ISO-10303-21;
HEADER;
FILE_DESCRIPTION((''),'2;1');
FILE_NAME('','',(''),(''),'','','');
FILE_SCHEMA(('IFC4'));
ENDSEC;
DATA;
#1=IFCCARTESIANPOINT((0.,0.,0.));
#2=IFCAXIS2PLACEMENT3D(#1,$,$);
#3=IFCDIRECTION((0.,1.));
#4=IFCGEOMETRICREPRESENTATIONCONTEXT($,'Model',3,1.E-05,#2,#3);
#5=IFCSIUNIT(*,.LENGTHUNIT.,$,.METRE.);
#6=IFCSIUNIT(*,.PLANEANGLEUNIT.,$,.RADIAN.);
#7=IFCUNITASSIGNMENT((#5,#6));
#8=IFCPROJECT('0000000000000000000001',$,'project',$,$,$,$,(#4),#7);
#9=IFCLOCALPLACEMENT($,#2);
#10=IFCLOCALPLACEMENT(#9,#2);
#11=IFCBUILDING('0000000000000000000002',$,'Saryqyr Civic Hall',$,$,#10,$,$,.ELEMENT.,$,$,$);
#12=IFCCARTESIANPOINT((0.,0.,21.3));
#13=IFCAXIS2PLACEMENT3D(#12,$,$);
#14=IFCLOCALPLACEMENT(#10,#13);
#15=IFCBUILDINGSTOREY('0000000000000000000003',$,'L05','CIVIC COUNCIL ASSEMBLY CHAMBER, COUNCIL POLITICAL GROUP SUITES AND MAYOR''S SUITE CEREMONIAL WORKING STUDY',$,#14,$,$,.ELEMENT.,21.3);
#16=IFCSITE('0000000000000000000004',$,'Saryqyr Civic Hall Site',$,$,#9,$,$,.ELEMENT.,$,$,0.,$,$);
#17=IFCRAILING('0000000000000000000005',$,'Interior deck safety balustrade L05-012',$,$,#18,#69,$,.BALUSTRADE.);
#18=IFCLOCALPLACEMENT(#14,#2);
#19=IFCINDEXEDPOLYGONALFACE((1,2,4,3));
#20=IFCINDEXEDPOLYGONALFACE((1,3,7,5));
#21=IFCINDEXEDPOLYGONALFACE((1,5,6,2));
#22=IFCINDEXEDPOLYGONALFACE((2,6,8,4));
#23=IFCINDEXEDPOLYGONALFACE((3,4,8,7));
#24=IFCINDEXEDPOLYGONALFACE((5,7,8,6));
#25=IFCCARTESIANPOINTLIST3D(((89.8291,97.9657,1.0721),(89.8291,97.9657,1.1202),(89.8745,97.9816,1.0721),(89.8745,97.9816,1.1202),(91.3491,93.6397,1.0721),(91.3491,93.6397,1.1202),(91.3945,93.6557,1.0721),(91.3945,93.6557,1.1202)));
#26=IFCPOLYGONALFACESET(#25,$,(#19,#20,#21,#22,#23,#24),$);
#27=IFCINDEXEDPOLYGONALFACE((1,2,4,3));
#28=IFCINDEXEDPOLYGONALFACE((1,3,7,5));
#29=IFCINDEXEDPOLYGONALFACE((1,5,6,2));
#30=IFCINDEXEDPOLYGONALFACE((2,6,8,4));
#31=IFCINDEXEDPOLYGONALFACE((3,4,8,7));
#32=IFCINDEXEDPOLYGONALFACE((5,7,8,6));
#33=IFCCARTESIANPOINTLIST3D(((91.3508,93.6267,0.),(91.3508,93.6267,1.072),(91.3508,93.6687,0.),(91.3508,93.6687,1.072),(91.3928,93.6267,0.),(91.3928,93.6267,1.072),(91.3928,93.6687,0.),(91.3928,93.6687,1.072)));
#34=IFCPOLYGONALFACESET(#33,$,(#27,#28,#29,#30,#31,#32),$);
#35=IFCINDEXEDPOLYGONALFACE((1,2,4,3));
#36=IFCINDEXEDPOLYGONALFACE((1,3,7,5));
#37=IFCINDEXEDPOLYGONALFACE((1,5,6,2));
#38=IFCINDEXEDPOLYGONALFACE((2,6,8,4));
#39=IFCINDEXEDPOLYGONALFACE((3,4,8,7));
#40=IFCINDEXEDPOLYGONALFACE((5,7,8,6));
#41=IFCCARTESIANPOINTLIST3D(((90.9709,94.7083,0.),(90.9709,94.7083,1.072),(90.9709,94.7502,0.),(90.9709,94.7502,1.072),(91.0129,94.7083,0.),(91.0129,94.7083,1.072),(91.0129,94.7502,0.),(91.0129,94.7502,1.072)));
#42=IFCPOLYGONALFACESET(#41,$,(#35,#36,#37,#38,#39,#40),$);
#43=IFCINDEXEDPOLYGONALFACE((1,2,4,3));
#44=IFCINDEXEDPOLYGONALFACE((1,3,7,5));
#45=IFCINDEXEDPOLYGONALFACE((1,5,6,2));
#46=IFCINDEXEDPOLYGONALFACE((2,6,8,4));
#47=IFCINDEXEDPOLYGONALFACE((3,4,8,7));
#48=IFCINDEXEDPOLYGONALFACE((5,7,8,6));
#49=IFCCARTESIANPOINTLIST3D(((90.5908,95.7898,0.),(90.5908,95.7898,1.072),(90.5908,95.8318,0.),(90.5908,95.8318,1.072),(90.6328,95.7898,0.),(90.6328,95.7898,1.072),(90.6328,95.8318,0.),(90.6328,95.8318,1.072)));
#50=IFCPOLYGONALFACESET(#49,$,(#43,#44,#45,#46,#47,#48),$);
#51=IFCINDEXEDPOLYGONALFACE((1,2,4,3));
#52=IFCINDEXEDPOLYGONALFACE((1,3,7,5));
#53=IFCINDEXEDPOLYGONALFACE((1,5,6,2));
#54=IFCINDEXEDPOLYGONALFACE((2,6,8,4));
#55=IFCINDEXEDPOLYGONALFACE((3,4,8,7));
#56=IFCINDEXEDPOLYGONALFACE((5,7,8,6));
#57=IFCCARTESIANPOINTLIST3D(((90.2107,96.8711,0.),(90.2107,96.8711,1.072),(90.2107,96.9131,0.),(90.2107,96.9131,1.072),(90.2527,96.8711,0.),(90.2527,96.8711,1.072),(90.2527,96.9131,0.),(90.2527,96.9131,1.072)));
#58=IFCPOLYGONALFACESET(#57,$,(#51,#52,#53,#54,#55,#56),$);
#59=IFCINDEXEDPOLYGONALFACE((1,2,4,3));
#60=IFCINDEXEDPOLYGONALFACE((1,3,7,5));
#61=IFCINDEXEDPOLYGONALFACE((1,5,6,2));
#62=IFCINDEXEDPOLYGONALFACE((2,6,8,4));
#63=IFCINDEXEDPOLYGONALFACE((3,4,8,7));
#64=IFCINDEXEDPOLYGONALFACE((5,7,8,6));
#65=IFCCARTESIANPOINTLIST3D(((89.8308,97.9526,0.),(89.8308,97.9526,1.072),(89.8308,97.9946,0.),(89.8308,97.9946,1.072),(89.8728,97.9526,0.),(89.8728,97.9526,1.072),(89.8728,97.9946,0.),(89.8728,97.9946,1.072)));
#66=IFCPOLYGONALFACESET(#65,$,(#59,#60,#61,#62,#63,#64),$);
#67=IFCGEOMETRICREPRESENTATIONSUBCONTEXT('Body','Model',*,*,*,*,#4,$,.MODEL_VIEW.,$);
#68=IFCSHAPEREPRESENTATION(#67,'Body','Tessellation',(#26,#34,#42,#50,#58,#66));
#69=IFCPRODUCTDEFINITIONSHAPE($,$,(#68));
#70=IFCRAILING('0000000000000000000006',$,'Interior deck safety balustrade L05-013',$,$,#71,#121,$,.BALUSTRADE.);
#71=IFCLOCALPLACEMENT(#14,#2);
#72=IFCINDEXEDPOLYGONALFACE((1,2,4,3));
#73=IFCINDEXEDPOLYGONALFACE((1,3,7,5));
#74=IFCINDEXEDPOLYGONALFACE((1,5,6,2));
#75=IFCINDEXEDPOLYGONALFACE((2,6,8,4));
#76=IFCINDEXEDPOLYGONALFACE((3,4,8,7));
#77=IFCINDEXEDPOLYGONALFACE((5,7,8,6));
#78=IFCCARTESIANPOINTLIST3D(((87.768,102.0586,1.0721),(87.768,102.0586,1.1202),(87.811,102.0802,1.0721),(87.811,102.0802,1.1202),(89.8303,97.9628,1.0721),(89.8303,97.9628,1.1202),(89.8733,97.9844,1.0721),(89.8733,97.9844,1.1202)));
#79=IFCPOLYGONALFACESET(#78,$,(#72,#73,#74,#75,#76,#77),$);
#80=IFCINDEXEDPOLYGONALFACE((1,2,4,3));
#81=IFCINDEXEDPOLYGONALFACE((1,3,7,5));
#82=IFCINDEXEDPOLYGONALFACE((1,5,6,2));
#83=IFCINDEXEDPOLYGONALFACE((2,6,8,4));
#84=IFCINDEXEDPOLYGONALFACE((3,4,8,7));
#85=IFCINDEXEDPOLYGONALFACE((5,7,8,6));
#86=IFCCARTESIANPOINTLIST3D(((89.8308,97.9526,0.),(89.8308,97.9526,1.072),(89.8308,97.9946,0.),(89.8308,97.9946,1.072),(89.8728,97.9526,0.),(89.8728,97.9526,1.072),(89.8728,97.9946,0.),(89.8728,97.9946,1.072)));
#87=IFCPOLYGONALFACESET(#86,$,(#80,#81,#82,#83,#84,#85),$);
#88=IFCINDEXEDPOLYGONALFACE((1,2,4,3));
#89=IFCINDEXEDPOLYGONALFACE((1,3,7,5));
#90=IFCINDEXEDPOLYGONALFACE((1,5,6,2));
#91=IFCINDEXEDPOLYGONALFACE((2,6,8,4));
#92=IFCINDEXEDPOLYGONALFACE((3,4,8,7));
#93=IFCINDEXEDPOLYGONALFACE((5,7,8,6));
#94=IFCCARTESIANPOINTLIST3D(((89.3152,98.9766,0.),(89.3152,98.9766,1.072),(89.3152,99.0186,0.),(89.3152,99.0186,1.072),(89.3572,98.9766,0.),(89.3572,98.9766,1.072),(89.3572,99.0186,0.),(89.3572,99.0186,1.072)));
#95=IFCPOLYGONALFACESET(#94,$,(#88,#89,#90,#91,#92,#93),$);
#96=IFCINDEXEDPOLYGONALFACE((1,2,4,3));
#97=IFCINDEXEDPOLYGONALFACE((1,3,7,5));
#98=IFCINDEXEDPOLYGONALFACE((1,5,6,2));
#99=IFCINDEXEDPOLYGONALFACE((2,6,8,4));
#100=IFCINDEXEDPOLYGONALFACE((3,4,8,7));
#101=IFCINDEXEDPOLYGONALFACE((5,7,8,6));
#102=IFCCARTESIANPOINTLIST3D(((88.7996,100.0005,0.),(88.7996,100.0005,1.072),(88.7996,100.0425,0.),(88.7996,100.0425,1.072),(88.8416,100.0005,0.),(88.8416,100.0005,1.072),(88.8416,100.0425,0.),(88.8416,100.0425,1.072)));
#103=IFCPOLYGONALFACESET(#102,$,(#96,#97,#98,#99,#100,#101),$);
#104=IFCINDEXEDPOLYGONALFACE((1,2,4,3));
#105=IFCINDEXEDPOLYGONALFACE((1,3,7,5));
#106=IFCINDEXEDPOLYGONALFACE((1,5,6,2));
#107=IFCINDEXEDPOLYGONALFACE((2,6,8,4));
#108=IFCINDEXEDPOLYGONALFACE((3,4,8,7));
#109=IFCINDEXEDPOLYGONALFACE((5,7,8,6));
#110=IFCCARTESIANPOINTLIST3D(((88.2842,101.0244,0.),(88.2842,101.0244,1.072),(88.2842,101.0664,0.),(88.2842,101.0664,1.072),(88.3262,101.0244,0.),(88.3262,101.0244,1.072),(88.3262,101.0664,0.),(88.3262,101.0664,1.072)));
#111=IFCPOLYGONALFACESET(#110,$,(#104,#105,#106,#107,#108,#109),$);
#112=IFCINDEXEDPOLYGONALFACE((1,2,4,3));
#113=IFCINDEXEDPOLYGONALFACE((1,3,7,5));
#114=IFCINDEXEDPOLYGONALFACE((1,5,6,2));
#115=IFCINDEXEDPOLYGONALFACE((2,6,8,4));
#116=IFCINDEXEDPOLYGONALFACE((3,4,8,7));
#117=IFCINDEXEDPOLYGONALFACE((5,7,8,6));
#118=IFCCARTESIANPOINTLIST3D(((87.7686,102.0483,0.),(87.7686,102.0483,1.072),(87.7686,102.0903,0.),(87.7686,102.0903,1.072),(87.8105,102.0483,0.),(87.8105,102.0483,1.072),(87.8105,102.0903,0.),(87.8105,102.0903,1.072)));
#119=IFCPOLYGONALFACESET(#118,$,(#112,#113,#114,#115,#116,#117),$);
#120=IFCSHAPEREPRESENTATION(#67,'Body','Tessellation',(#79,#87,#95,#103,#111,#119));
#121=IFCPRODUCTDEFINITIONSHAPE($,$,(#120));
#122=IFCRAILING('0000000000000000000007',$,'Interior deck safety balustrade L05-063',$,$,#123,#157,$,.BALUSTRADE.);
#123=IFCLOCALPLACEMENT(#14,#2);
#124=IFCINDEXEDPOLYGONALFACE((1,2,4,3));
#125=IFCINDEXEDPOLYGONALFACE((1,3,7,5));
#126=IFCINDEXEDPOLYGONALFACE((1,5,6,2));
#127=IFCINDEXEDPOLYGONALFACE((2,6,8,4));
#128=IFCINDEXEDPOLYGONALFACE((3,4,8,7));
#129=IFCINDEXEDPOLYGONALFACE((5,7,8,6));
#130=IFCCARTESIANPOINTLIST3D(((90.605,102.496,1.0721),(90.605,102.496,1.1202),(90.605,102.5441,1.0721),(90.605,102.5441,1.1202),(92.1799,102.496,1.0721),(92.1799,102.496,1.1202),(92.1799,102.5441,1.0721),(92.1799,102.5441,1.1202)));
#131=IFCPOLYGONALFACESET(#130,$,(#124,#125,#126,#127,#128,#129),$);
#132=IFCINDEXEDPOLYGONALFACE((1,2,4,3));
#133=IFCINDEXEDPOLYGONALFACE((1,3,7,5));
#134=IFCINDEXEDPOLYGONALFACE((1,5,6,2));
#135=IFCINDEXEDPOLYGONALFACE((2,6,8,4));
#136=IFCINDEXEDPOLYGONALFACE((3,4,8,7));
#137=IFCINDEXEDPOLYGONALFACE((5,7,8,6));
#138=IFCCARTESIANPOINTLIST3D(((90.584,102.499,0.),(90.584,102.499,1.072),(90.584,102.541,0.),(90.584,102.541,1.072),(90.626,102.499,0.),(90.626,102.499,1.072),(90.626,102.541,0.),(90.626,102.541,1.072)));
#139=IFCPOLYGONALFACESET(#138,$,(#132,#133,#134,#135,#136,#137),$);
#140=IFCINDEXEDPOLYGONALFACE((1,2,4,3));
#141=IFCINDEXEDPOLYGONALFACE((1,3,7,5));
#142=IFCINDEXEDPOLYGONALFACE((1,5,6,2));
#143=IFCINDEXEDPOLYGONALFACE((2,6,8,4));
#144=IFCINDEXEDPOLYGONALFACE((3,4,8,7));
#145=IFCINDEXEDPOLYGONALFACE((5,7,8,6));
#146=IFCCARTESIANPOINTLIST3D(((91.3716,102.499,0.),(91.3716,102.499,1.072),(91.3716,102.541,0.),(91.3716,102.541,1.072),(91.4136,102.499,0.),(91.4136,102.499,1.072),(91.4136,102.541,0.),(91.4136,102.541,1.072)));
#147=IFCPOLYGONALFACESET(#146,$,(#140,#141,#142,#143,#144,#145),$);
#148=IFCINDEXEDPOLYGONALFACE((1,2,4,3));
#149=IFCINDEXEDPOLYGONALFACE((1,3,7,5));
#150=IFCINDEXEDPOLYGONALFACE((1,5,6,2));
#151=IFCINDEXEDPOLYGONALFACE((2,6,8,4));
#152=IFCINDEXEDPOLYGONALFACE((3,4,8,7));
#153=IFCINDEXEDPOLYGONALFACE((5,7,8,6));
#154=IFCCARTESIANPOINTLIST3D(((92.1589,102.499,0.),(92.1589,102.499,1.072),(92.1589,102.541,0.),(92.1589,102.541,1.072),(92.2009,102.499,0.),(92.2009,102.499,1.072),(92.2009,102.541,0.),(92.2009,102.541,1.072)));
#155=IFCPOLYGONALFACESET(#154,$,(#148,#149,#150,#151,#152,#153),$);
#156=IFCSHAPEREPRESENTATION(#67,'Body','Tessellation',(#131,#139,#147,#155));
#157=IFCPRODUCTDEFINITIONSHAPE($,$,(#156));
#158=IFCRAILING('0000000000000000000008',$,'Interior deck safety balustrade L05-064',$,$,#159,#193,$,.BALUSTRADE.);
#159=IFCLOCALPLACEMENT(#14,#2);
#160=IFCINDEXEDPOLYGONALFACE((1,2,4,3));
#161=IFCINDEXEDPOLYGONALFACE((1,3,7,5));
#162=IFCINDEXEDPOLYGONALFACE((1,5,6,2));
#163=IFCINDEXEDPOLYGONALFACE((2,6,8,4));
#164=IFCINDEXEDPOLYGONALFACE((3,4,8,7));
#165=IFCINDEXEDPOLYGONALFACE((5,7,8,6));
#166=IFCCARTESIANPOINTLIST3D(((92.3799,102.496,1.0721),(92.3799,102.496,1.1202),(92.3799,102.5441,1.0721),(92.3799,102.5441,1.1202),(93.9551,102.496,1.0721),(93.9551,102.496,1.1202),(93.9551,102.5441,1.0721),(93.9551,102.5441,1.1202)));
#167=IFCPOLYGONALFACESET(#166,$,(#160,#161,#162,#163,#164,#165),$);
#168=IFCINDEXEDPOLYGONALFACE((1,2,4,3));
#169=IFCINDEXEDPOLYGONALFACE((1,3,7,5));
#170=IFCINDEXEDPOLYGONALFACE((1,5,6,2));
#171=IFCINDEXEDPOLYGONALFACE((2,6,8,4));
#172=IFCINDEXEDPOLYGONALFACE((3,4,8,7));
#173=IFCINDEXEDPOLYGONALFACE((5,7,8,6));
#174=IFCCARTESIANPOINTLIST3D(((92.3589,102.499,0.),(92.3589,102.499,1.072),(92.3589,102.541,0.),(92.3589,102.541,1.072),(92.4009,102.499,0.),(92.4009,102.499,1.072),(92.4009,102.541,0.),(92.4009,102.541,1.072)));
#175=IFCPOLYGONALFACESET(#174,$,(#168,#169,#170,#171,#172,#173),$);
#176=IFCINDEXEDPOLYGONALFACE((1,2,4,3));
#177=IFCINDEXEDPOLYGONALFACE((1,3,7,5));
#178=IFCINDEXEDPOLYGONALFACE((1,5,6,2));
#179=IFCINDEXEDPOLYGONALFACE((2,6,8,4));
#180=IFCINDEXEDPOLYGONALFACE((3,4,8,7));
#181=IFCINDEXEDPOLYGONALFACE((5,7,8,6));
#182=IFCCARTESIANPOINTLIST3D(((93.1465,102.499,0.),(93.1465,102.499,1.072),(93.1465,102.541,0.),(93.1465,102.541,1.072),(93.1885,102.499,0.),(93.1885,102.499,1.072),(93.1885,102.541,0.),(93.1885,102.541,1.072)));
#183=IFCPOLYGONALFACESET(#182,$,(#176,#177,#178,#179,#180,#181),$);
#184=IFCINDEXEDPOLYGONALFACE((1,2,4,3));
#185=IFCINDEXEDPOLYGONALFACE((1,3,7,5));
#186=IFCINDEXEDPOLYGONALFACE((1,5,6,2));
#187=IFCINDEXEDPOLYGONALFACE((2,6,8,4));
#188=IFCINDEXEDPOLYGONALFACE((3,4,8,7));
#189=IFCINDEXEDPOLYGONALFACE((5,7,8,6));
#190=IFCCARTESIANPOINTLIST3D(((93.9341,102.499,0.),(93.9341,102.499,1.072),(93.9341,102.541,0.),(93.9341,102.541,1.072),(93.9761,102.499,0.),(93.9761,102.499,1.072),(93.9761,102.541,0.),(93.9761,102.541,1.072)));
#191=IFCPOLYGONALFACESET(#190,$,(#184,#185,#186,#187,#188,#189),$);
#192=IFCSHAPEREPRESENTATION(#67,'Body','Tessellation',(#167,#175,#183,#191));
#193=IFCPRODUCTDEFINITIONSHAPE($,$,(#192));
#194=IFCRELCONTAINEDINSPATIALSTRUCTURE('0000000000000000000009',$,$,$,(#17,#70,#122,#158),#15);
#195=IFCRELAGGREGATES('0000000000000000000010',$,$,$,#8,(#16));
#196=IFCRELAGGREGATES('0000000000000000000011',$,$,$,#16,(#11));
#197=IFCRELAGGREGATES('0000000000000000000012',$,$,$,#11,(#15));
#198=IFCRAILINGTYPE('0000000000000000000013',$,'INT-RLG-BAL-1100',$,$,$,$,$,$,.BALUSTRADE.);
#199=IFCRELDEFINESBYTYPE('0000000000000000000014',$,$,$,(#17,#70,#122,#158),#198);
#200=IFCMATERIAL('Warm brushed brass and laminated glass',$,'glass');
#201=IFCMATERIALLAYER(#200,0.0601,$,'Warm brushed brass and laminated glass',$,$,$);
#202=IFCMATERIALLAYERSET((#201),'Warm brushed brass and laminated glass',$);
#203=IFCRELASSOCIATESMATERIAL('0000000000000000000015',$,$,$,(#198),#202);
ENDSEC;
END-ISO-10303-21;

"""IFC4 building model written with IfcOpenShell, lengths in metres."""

from ifc_helpers import new_model, si_unit, direction, frame, origin, origin_2d, place, context, subcontext, project, spatial, rectangle, extrude, material, layer, layer_set, type_object, element, save


model = new_model("IFC4")

# Units and contexts
model_context = context("Model", 3, precision=1e-05, world=origin(), true_north=direction((0.0, 1.0)))
body_context = subcontext(model_context, "Body", "Model", "MODEL_VIEW")
ifc_project = project(units=[si_unit("LENGTHUNIT", "METRE"), si_unit("PLANEANGLEUNIT", "RADIAN")], contexts=[model_context])

# Site, building, storey
site_placement = place(None, origin())
site = spatial("IfcSite", under=ifc_project, at=site_placement, Name="Saryqyr Civic Hall Site", CompositionType="ELEMENT", RefElevation=0.0)
building_placement = place(site_placement, origin())
building = spatial("IfcBuilding", under=site, at=building_placement, Name="Saryqyr Civic Hall", CompositionType="ELEMENT")
storey_placement = place(building_placement, frame((0.0, 0.0, 21.3)))
storey = spatial("IfcBuildingStorey", under=building, at=storey_placement, Name="L05", Description="CIVIC COUNCIL ASSEMBLY CHAMBER, COUNCIL POLITICAL GROUP SUITES AND MAYOR'S SUITE CEREMONIAL WORKING STUDY", CompositionType="ELEMENT", Elevation=21.3)

# Railings
ifc_material_1 = material(Name="Warm brushed brass and laminated glass", Category="glass")
ifc_layer_1 = layer(ifc_material_1, 0.0601, Name="Warm brushed brass and laminated glass")
ifc_layer_set_1 = layer_set([ifc_layer_1], Name="Warm brushed brass and laminated glass")
railing_type_1 = type_object("IfcRailingType", Name="INT-RLG-BAL-1100", PredefinedType="BALUSTRADE", material=ifc_layer_set_1)
railing_1_placement = place(storey_placement, frame((91.3718, 93.6477, 0.0)))
element("IfcRailing", 1, at=railing_1_placement, inside=storey, type_object=railing_type_1, Name="Interior deck safety balustrade L05-012", PredefinedType="BALUSTRADE", context=body_context, shape_type="SweptSolid", body=[
    extrude(rectangle(XDim=0.0481, YDim=0.0481, at=origin_2d()), frame((0.0, 0.0, 1.0962), z_axis=(-0.331505, 0.943453, 0.0), x_axis=(-0.943453, -0.331505, 0.0)), (0.0, 0.0, 1.0), 4.5852),
    extrude(rectangle(XDim=0.042, YDim=0.042, at=origin_2d()), origin(), (0.0, 0.0, 1.0), 1.072),
    extrude(rectangle(XDim=0.042, YDim=0.042, at=origin_2d()), frame((-0.3799, 1.0815, 0.0)), (0.0, 0.0, 1.0), 1.072),
    extrude(rectangle(XDim=0.042, YDim=0.042, at=origin_2d()), frame((-0.76, 2.1631, 0.0)), (0.0, 0.0, 1.0), 1.072),
    extrude(rectangle(XDim=0.042, YDim=0.042, at=origin_2d()), frame((-1.1401, 3.2444, 0.0)), (0.0, 0.0, 1.0), 1.072),
    extrude(rectangle(XDim=0.042, YDim=0.042, at=origin_2d()), frame((-1.52, 4.3259, 0.0)), (0.0, 0.0, 1.0), 1.072),
])
railing_2_placement = place(storey_placement, frame((89.8518, 97.9736, 0.0)))
element("IfcRailing", 2, at=railing_2_placement, inside=storey, type_object=railing_type_1, Name="Interior deck safety balustrade L05-013", PredefinedType="BALUSTRADE", context=body_context, shape_type="SweptSolid", body=[
    extrude(rectangle(XDim=0.0481, YDim=0.0481, at=origin_2d()), frame((0.0, 0.0, 1.0962), z_axis=(-0.449725, 0.893167, 0.0), x_axis=(-0.893167, -0.449725, 0.0)), (0.0, 0.0, 1.0), 4.5857),
    extrude(rectangle(XDim=0.042, YDim=0.042, at=origin_2d()), origin(), (0.0, 0.0, 1.0), 1.072),
    extrude(rectangle(XDim=0.042, YDim=0.042, at=origin_2d()), frame((-0.5156, 1.0239, 0.0)), (0.0, 0.0, 1.0), 1.072),
    extrude(rectangle(XDim=0.042, YDim=0.042, at=origin_2d()), frame((-1.0312, 2.0479, 0.0)), (0.0, 0.0, 1.0), 1.072),
    extrude(rectangle(XDim=0.042, YDim=0.042, at=origin_2d()), frame((-1.5466, 3.0718, 0.0)), (0.0, 0.0, 1.0), 1.072),
    extrude(rectangle(XDim=0.042, YDim=0.042, at=origin_2d()), frame((-2.0623, 4.0957, 0.0)), (0.0, 0.0, 1.0), 1.072),
])
railing_3_placement = place(storey_placement, frame((90.605, 102.52, 0.0)))
element("IfcRailing", 3, at=railing_3_placement, inside=storey, type_object=railing_type_1, Name="Interior deck safety balustrade L05-063", PredefinedType="BALUSTRADE", context=body_context, shape_type="SweptSolid", body=[
    extrude(rectangle(XDim=0.0481, YDim=0.0481, at=origin_2d()), frame((0.0, 0.0, 1.0962), z_axis=(1.0, 0.0, 0.0), x_axis=(0.0, 1.0, 0.0)), (0.0, 0.0, 1.0), 1.575),
    extrude(rectangle(XDim=0.042, YDim=0.042, at=origin_2d()), origin(), (0.0, 0.0, 1.0), 1.072),
    extrude(rectangle(XDim=0.042, YDim=0.042, at=origin_2d()), frame((0.7876, 0.0, 0.0)), (0.0, 0.0, 1.0), 1.072),
    extrude(rectangle(XDim=0.042, YDim=0.042, at=origin_2d()), frame((1.575, 0.0, 0.0)), (0.0, 0.0, 1.0), 1.072),
])
railing_4_placement = place(storey_placement, frame((92.3799, 102.52, 0.0)))
element("IfcRailing", 4, at=railing_4_placement, inside=storey, type_object=railing_type_1, Name="Interior deck safety balustrade L05-064", PredefinedType="BALUSTRADE", context=body_context, shape_type="SweptSolid", body=[
    extrude(rectangle(XDim=0.0481, YDim=0.0481, at=origin_2d()), frame((0.0, 0.0, 1.0962), z_axis=(1.0, 0.0, 0.0), x_axis=(0.0, 1.0, 0.0)), (0.0, 0.0, 1.0), 1.5752),
    extrude(rectangle(XDim=0.042, YDim=0.042, at=origin_2d()), origin(), (0.0, 0.0, 1.0), 1.072),
    extrude(rectangle(XDim=0.042, YDim=0.042, at=origin_2d()), frame((0.7876, 0.0, 0.0)), (0.0, 0.0, 1.0), 1.072),
    extrude(rectangle(XDim=0.042, YDim=0.042, at=origin_2d()), frame((1.5752, 0.0, 0.0)), (0.0, 0.0, 1.0), 1.072),
])

save(model, "model.ifc")
